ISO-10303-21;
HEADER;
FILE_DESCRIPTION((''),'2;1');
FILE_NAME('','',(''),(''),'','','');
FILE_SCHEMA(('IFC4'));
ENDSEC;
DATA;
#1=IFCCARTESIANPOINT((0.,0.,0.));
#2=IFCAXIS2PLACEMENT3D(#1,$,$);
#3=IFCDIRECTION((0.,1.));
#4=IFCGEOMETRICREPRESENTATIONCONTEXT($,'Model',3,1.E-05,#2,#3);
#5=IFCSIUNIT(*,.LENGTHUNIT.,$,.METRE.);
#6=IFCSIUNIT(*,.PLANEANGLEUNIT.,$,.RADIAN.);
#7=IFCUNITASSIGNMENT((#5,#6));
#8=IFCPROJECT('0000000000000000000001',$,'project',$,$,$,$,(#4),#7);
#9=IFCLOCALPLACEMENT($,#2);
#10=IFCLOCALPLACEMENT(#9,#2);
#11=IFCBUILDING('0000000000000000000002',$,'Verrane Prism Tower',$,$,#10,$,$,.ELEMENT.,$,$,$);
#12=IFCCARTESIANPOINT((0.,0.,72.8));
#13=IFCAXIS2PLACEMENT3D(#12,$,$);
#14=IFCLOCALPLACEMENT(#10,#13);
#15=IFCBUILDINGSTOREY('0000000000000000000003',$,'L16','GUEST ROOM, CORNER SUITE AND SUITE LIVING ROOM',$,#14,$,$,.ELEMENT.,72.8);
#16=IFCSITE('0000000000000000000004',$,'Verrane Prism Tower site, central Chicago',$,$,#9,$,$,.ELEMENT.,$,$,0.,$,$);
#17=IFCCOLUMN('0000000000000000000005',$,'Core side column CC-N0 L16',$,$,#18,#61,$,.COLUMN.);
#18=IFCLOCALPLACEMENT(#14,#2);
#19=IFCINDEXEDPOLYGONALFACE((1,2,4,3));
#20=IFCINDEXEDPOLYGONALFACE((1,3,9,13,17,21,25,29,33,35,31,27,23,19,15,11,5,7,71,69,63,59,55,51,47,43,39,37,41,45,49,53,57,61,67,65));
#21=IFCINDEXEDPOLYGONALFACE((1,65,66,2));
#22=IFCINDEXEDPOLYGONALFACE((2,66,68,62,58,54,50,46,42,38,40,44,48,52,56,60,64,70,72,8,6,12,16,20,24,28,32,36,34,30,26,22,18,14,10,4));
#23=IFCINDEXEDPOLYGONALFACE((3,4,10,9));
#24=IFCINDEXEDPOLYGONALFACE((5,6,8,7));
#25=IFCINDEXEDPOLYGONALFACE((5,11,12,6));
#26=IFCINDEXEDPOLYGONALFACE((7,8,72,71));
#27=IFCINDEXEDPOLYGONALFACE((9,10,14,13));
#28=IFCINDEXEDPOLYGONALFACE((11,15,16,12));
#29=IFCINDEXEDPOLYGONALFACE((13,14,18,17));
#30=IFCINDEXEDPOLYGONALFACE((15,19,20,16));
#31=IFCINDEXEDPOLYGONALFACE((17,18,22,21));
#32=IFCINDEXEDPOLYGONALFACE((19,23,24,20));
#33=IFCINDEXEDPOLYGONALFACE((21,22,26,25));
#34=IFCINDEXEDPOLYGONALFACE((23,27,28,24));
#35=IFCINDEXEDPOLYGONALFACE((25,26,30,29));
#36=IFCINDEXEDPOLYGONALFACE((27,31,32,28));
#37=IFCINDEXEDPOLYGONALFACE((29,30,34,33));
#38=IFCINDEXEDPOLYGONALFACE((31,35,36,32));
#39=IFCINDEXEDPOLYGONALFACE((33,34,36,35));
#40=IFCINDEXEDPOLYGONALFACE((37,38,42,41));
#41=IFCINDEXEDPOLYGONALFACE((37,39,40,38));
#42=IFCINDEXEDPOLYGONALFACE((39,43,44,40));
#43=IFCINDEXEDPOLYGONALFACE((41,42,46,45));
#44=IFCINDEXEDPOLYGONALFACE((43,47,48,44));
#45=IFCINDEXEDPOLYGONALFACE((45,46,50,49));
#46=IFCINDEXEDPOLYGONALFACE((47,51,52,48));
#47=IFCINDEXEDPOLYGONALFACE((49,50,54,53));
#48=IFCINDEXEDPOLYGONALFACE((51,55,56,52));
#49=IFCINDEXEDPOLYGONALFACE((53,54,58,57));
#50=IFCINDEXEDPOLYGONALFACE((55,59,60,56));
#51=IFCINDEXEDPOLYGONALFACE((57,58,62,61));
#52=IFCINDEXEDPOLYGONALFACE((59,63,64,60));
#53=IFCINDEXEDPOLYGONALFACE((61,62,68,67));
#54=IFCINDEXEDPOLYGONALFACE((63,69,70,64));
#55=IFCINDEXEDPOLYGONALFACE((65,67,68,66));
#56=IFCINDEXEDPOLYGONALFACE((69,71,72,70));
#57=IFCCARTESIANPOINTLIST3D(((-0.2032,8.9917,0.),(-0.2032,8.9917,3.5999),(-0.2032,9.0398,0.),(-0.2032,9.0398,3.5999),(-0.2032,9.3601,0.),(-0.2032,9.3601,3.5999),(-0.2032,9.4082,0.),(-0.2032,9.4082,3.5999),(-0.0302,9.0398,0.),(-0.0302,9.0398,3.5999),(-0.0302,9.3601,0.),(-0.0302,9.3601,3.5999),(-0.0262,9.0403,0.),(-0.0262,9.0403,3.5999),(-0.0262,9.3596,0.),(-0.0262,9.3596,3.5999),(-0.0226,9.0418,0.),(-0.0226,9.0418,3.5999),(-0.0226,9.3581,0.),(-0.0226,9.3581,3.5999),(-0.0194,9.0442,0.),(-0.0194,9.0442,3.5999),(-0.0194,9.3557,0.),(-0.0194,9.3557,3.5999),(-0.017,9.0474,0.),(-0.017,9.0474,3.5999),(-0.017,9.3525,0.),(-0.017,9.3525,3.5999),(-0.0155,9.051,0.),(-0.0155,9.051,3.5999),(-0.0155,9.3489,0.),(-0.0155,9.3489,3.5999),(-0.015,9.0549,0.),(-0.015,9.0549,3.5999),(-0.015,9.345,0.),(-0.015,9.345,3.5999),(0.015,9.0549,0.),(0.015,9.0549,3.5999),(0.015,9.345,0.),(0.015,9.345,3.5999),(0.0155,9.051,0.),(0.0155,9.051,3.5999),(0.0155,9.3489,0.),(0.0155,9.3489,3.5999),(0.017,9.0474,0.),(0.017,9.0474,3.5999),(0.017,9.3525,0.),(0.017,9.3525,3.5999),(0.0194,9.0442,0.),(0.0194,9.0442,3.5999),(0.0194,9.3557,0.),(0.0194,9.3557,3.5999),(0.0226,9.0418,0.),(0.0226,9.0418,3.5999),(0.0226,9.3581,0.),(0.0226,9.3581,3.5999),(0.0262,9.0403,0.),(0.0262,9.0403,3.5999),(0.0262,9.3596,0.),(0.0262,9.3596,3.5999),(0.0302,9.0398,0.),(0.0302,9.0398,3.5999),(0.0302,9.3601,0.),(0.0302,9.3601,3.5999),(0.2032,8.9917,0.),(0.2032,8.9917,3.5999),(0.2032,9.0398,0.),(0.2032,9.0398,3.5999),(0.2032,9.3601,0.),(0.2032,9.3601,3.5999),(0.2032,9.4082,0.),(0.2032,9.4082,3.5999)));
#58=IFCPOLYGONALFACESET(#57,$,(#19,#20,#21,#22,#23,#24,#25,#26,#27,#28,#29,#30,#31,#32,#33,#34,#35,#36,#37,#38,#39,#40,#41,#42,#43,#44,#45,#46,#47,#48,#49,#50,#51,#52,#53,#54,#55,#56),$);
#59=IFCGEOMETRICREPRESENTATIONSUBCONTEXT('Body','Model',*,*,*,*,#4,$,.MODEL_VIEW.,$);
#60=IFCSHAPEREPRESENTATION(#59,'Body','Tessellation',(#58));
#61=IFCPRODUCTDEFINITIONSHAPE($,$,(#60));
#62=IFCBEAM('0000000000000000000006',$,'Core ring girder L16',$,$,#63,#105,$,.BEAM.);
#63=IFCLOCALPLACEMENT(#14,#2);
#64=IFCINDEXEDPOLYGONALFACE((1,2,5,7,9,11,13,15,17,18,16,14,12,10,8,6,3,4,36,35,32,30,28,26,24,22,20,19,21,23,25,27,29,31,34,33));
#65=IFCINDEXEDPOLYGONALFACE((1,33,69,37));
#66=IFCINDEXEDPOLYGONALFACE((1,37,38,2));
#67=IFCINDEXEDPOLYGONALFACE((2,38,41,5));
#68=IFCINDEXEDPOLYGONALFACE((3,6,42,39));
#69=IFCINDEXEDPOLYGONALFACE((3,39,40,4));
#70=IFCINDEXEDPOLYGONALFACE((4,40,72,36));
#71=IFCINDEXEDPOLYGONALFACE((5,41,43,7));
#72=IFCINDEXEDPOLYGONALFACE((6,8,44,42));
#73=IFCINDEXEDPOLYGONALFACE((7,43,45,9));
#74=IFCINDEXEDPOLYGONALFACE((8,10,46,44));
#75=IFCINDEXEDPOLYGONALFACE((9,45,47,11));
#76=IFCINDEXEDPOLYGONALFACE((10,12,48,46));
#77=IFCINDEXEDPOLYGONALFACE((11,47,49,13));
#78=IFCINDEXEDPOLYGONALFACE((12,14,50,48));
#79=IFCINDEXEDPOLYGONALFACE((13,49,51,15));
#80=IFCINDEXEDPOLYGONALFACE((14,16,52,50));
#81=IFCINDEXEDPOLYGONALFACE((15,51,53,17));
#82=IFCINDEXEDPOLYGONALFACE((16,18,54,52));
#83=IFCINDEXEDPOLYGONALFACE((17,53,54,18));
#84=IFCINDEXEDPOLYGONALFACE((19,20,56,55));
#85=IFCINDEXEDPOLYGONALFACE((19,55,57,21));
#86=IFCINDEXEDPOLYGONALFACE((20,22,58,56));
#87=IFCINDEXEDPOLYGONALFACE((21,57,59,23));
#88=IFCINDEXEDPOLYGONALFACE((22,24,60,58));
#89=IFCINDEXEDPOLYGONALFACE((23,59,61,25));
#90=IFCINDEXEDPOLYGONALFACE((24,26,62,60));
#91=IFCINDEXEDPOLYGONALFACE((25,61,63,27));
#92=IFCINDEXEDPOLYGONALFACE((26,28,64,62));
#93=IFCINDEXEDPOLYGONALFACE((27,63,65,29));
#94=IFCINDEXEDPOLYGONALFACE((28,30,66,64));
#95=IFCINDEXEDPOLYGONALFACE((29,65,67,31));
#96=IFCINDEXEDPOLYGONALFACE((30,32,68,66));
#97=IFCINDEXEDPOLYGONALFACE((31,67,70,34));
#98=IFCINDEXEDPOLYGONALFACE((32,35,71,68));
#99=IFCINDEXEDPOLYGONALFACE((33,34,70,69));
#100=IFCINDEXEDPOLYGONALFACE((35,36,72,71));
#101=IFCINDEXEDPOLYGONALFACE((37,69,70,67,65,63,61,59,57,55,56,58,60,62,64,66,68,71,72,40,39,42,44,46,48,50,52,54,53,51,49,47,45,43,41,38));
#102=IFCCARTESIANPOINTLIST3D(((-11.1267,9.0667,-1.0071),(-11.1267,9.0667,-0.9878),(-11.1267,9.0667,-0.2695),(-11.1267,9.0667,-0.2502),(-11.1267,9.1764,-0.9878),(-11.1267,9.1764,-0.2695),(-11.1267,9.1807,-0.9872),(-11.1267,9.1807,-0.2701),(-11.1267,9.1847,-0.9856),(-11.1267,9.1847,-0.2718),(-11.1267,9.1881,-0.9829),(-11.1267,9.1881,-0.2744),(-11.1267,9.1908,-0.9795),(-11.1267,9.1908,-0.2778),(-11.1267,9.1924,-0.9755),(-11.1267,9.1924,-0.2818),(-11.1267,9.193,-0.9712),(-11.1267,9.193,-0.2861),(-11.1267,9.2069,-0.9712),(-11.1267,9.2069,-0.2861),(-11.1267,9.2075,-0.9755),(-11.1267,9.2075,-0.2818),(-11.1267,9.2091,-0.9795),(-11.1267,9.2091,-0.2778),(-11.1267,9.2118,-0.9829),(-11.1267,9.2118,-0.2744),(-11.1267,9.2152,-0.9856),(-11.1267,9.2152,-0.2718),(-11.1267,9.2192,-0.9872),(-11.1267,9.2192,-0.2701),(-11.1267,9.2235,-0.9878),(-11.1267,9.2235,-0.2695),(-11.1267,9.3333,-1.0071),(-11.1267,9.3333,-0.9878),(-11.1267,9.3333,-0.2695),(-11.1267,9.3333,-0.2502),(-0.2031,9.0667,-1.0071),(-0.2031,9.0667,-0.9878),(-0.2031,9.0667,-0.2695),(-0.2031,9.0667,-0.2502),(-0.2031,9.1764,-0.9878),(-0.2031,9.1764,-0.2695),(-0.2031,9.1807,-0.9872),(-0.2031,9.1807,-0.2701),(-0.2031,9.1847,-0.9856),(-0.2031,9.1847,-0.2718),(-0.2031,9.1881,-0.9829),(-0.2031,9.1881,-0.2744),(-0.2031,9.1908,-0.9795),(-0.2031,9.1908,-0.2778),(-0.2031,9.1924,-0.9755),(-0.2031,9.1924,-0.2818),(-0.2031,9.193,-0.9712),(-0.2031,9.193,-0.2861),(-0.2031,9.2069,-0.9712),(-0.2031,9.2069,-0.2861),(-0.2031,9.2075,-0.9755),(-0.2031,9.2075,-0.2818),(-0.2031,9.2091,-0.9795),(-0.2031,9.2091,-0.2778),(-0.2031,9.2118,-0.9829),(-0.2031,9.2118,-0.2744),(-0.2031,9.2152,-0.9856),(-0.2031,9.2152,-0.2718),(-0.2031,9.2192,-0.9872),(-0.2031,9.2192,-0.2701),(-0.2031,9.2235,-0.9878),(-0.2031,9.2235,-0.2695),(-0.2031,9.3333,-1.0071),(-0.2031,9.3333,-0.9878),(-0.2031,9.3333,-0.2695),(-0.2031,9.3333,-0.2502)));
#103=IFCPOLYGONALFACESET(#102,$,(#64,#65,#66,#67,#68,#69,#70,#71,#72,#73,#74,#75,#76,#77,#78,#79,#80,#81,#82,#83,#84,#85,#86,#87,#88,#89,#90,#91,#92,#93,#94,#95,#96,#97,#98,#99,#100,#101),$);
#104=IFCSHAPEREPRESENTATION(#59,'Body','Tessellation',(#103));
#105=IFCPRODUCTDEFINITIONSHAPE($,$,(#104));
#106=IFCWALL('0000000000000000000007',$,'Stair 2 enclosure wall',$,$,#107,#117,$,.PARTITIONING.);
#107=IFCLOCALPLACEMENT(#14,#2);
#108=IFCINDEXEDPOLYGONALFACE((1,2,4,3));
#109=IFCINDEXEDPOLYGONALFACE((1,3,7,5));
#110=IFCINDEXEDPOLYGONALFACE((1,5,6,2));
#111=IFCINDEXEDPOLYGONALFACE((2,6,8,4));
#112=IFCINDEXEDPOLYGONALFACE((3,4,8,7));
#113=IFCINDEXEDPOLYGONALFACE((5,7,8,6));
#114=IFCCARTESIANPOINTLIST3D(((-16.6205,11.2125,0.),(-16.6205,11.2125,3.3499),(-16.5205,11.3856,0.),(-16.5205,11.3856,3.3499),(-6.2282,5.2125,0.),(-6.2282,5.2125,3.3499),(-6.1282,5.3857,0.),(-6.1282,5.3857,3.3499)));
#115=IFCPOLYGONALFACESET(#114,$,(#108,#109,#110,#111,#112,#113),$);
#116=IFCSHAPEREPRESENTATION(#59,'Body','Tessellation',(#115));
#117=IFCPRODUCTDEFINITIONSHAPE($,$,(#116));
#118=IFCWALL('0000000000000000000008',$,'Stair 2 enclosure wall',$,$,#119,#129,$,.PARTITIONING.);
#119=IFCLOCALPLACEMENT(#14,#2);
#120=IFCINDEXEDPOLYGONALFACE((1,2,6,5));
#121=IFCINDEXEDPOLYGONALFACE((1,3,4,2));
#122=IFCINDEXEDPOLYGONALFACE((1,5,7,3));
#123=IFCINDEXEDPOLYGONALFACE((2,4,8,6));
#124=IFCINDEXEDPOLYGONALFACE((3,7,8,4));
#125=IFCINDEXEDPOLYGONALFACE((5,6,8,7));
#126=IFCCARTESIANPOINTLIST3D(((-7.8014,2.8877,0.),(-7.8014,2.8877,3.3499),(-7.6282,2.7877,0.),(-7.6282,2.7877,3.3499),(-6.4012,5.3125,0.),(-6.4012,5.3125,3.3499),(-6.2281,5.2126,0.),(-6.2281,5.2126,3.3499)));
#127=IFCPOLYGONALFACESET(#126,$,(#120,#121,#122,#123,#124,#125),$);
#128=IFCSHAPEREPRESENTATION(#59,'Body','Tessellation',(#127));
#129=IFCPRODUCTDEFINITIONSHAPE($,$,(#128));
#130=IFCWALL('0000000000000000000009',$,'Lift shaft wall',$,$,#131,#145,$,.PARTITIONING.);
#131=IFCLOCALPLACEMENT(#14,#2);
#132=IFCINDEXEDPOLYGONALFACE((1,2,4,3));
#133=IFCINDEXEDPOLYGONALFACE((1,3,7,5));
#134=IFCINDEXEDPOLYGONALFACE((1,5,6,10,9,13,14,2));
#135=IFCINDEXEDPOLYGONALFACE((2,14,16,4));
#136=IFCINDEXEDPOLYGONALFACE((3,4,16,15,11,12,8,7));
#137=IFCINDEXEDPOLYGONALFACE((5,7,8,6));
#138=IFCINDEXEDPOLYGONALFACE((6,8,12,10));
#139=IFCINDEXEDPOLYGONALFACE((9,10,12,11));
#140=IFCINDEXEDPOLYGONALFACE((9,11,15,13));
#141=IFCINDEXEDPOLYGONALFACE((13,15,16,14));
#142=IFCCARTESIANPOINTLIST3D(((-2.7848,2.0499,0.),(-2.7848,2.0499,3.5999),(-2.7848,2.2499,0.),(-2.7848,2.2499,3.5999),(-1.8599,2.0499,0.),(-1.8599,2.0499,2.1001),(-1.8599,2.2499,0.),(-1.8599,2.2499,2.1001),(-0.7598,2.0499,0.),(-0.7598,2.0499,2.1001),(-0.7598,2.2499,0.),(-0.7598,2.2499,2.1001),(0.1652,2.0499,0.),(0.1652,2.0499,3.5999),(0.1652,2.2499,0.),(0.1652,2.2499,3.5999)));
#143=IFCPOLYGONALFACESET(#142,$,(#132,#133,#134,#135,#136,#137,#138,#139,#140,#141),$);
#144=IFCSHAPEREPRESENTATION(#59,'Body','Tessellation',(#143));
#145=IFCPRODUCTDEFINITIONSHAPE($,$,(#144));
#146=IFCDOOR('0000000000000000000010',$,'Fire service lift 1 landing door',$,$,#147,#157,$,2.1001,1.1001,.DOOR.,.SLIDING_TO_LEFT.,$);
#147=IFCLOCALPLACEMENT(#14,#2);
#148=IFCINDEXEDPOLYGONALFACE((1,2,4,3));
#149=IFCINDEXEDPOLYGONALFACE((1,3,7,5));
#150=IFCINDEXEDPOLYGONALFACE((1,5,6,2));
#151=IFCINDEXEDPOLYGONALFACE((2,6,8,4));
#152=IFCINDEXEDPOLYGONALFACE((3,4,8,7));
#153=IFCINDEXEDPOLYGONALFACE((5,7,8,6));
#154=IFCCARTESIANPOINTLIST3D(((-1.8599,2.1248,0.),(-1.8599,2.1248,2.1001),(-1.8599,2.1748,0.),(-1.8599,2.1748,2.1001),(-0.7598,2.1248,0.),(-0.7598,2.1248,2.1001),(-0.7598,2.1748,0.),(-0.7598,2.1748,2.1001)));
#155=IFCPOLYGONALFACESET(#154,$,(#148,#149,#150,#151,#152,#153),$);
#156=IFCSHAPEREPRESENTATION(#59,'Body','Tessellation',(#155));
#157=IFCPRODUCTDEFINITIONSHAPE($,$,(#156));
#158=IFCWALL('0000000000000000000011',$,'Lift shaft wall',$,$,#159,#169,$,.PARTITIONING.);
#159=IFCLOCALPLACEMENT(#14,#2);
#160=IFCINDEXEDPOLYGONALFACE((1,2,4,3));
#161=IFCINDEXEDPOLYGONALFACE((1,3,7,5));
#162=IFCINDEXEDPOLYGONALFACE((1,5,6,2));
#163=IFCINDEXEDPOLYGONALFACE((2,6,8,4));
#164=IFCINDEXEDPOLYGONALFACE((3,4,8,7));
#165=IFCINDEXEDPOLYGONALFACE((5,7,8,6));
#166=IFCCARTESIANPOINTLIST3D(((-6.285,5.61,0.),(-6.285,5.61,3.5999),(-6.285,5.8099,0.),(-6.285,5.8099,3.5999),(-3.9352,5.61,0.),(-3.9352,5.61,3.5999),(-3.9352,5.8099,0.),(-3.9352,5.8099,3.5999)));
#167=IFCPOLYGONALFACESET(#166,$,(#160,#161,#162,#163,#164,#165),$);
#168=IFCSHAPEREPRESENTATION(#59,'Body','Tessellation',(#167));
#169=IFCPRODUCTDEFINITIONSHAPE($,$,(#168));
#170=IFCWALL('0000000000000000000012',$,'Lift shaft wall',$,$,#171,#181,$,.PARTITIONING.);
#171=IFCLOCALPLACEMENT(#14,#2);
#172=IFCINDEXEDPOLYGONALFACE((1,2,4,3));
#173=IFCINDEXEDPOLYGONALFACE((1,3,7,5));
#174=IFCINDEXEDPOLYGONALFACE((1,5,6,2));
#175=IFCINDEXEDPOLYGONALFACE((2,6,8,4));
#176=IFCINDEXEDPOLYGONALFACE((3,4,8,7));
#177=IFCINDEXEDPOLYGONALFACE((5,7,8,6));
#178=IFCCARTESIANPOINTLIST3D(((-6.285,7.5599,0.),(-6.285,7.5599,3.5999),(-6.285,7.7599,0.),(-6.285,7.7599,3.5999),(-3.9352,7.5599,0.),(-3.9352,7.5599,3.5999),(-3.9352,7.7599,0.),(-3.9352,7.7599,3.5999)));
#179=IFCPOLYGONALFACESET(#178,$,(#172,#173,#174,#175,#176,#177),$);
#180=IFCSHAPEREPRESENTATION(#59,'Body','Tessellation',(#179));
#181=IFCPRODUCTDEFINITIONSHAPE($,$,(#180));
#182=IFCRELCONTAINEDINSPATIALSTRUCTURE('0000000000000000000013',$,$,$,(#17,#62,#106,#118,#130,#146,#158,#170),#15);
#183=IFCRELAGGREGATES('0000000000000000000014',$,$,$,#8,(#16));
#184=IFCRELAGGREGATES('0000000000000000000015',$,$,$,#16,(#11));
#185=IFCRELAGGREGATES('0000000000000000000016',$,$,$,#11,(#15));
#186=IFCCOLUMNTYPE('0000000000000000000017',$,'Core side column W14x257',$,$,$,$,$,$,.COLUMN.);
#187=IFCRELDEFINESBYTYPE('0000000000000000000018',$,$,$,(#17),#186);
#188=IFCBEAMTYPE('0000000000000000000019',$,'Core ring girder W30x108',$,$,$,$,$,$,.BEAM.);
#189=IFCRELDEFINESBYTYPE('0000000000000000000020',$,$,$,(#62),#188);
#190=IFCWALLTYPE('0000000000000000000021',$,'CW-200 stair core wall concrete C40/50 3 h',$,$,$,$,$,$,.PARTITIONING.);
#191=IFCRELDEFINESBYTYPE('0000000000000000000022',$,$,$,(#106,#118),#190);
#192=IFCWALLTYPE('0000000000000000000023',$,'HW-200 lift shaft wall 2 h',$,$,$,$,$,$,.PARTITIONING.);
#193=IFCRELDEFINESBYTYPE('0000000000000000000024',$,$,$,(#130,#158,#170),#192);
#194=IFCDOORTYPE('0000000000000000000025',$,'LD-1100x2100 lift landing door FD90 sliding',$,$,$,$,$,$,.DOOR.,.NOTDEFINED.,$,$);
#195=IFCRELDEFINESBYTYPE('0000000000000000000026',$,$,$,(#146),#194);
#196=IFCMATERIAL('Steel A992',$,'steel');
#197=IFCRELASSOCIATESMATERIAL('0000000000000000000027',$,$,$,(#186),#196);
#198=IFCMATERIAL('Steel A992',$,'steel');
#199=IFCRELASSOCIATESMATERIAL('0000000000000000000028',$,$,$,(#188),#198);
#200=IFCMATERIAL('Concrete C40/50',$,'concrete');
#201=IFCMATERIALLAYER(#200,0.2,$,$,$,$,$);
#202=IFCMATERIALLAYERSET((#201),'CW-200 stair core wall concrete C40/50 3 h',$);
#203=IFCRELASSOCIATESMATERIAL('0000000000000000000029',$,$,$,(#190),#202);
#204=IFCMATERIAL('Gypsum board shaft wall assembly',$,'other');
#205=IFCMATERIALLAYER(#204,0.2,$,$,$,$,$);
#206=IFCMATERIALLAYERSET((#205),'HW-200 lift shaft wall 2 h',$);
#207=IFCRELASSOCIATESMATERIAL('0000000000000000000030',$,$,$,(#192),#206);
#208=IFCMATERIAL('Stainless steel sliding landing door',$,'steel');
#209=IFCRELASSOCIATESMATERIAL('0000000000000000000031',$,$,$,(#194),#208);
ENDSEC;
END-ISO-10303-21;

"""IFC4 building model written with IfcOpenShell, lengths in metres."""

from ifc_helpers import new_model, si_unit, direction, frame, frame_2d, origin, origin_2d, place, context, subcontext, project, spatial, rectangle, i_section, extrude, material, layer, layer_set, material_profile, profile_set, type_object, element, fill, save


model = new_model("IFC4")

# Units and contexts
model_context = context("Model", 3, precision=1e-05, world=origin(), true_north=direction((0.0, 1.0)))
body_context = subcontext(model_context, "Body", "Model", "MODEL_VIEW")
ifc_project = project(units=[si_unit("LENGTHUNIT", "METRE"), si_unit("PLANEANGLEUNIT", "RADIAN")], contexts=[model_context])

# Site, building, storey
site_placement = place(None, origin())
site = spatial("IfcSite", under=ifc_project, at=site_placement, Name="Verrane Prism Tower site, central Chicago", CompositionType="ELEMENT", RefElevation=0.0)
building_placement = place(site_placement, origin())
building = spatial("IfcBuilding", under=site, at=building_placement, Name="Verrane Prism Tower", CompositionType="ELEMENT")
storey_placement = place(building_placement, frame((0.0, 0.0, 72.8)))
storey = spatial("IfcBuildingStorey", under=building, at=storey_placement, Name="L16", Description="GUEST ROOM, CORNER SUITE AND SUITE LIVING ROOM", CompositionType="ELEMENT", Elevation=72.8)

# Column
ifc_material_1 = material(Name="Steel A992", Category="steel")
ifc_material_profile_1 = material_profile(ifc_material_1, i_section(OverallWidth=0.4065, OverallDepth=0.4165, WebThickness=0.03, FlangeThickness=0.0481, FilletRadius=0.0151, at=origin_2d()), Name="W14x257")
ifc_profile_set_1 = profile_set([ifc_material_profile_1], Name="Steel A992")
column_type = type_object("IfcColumnType", Name="Core side column W14x257", PredefinedType="COLUMN", material=ifc_profile_set_1)
column_placement = place(storey_placement, frame((0.0, 9.2, 0.0), z_axis=(0.0, 0.0, 1.0), x_axis=(1.0, 0.0, 0.0)))
element("IfcColumn", 1, at=column_placement, inside=storey, type_object=column_type, Name="Core side column CC-N0 L16", PredefinedType="COLUMN", context=body_context, shape_type="SweptSolid", body=[
    extrude(i_section(OverallWidth=0.4065, OverallDepth=0.4165, WebThickness=0.03, FlangeThickness=0.0481, FilletRadius=0.0151, at=origin_2d()), origin(), (0.0, 0.0, 1.0), 3.5999),
])

# Beam
ifc_material_2 = material(Name="Steel A992", Category="steel")
ifc_material_profile_2 = material_profile(ifc_material_2, i_section(OverallWidth=0.2666, OverallDepth=0.7568, WebThickness=0.0139, FlangeThickness=0.0193, FilletRadius=0.0166, at=origin_2d()), Name="W30x108")
ifc_profile_set_2 = profile_set([ifc_material_profile_2], Name="Steel A992")
beam_type = type_object("IfcBeamType", Name="Core ring girder W30x108", PredefinedType="BEAM", material=ifc_profile_set_2)
beam_placement = place(storey_placement, frame((-0.2031, 9.2, -0.6287), z_axis=(-1.0, 0.0, 0.0), x_axis=(0.0, -1.0, 0.0)))
element("IfcBeam", 2, at=beam_placement, inside=storey, type_object=beam_type, Name="Core ring girder L16", PredefinedType="BEAM", context=body_context, shape_type="SweptSolid", body=[
    extrude(i_section(OverallWidth=0.2666, OverallDepth=0.7568, WebThickness=0.0139, FlangeThickness=0.0193, FilletRadius=0.0166, at=origin_2d()), origin(), (0.0, 0.0, 1.0), 10.9236),
])

# Walls
ifc_material_3 = material(Name="Concrete C40/50", Category="concrete")
ifc_layer_1 = layer(ifc_material_3, 0.2)
ifc_layer_set_1 = layer_set([ifc_layer_1], Name="CW-200 stair core wall concrete C40/50 3 h")
wall_type_1 = type_object("IfcWallType", Name="CW-200 stair core wall concrete C40/50 3 h", PredefinedType="PARTITIONING", material=ifc_layer_set_1)
wall_1_placement = place(storey_placement, frame((-6.1782, 5.2991, 0.0), z_axis=(0.0, 0.0, 1.0), x_axis=(-0.866026, 0.499999, 0.0)))
element("IfcWall", 3, at=wall_1_placement, inside=storey, type_object=wall_type_1, Name="Stair 2 enclosure wall", PredefinedType="PARTITIONING", context=body_context, shape_type="SweptSolid", body=[
    extrude(rectangle(XDim=12.0, YDim=0.2, at=frame_2d((6.0, 0.0))), origin(), (0.0, 0.0, 1.0), 3.3499),
])
wall_2_placement = place(storey_placement, frame((-6.3147, 5.2625, 0.0), z_axis=(0.0, 0.0, 1.0), x_axis=(-0.50005, -0.865997, 0.0)))
element("IfcWall", 4, at=wall_2_placement, inside=storey, type_object=wall_type_1, Name="Stair 2 enclosure wall", PredefinedType="PARTITIONING", context=body_context, shape_type="SweptSolid", body=[
    extrude(rectangle(XDim=2.8, YDim=0.2, at=frame_2d((1.3999, 0.0))), origin(), (0.0, 0.0, 1.0), 3.3499),
])

# Wall, opening, door
ifc_material_4 = material(Name="Gypsum board shaft wall assembly", Category="other")
ifc_layer_2 = layer(ifc_material_4, 0.2)
ifc_layer_set_2 = layer_set([ifc_layer_2], Name="HW-200 lift shaft wall 2 h")
wall_type_2 = type_object("IfcWallType", Name="HW-200 lift shaft wall 2 h", PredefinedType="PARTITIONING", material=ifc_layer_set_2)
wall_3_placement = place(storey_placement, frame((-2.7849, 2.1499, 0.0), z_axis=(0.0, 0.0, 1.0), x_axis=(1.0, 0.0, 0.0)))
wall_3 = element("IfcWall", 5, at=wall_3_placement, inside=storey, type_object=wall_type_2, Name="Lift shaft wall", PredefinedType="PARTITIONING", context=body_context, shape_type="SweptSolid", body=[
    extrude(rectangle(XDim=2.95, YDim=0.2, at=frame_2d((1.4751, 0.0))), origin(), (0.0, 0.0, 1.0), 3.5999),
])
opening_1_placement = place(wall_3_placement, frame((0.925, 0.0, 0.0)))
opening_1 = element("IfcOpeningElement", 6, at=opening_1_placement, cuts=wall_3, PredefinedType="OPENING", context=body_context, shape_type="SweptSolid", body=[
    extrude(rectangle(XDim=1.1001, YDim=2.1001, at=frame_2d((0.55, 1.05))), frame((0.0, 0.1099, 0.0), z_axis=(0.0, -1.0, 0.0), x_axis=(1.0, 0.0, 0.0)), (0.0, 0.0, 1.0), 0.22),
])
ifc_material_5 = material(Name="Stainless steel sliding landing door", Category="steel")
door_type_1 = type_object("IfcDoorType", Name="LD-1100x2100 lift landing door FD90 sliding", OperationType="NOTDEFINED", PredefinedType="DOOR", material=ifc_material_5)
door_1_placement = place(opening_1_placement, origin())
door_1 = element("IfcDoor", 7, at=door_1_placement, inside=storey, type_object=door_type_1, Name="Fire service lift 1 landing door", OperationType="SLIDING_TO_LEFT", OverallHeight=2.1001, OverallWidth=1.1001, PredefinedType="DOOR", context=body_context, shape_type="SweptSolid", body=[
    extrude(rectangle(XDim=1.1001, YDim=2.1001, at=frame_2d((0.55, 1.05))), frame((0.0, 0.0249, 0.0), z_axis=(0.0, -1.0, 0.0), x_axis=(1.0, 0.0, 0.0)), (0.0, 0.0, 1.0), 0.05),
])
fill(opening_1, door_1)

# Walls
for number, where, z_axis, x_axis, name in (
    (8, (-6.2849, 5.71, 0.0), (0.0, 0.0, 1.0), (1.0, 0.0, 0.0), "Lift shaft wall"),
    (9, (-6.2849, 7.6599, 0.0), (0.0, 0.0, 1.0), (1.0, 0.0, 0.0), "Lift shaft wall"),
):
    element("IfcWall", number, at=place(storey_placement, frame(where, z_axis=z_axis, x_axis=x_axis)), inside=storey, type_object=wall_type_2, Name=name, PredefinedType="PARTITIONING", context=body_context, shape_type="SweptSolid", body=[
        extrude(rectangle(XDim=2.3499, YDim=0.2, at=frame_2d((1.1748, 0.0))), origin(), (0.0, 0.0, 1.0), 3.5999),
    ])

save(model, "model.ifc")
